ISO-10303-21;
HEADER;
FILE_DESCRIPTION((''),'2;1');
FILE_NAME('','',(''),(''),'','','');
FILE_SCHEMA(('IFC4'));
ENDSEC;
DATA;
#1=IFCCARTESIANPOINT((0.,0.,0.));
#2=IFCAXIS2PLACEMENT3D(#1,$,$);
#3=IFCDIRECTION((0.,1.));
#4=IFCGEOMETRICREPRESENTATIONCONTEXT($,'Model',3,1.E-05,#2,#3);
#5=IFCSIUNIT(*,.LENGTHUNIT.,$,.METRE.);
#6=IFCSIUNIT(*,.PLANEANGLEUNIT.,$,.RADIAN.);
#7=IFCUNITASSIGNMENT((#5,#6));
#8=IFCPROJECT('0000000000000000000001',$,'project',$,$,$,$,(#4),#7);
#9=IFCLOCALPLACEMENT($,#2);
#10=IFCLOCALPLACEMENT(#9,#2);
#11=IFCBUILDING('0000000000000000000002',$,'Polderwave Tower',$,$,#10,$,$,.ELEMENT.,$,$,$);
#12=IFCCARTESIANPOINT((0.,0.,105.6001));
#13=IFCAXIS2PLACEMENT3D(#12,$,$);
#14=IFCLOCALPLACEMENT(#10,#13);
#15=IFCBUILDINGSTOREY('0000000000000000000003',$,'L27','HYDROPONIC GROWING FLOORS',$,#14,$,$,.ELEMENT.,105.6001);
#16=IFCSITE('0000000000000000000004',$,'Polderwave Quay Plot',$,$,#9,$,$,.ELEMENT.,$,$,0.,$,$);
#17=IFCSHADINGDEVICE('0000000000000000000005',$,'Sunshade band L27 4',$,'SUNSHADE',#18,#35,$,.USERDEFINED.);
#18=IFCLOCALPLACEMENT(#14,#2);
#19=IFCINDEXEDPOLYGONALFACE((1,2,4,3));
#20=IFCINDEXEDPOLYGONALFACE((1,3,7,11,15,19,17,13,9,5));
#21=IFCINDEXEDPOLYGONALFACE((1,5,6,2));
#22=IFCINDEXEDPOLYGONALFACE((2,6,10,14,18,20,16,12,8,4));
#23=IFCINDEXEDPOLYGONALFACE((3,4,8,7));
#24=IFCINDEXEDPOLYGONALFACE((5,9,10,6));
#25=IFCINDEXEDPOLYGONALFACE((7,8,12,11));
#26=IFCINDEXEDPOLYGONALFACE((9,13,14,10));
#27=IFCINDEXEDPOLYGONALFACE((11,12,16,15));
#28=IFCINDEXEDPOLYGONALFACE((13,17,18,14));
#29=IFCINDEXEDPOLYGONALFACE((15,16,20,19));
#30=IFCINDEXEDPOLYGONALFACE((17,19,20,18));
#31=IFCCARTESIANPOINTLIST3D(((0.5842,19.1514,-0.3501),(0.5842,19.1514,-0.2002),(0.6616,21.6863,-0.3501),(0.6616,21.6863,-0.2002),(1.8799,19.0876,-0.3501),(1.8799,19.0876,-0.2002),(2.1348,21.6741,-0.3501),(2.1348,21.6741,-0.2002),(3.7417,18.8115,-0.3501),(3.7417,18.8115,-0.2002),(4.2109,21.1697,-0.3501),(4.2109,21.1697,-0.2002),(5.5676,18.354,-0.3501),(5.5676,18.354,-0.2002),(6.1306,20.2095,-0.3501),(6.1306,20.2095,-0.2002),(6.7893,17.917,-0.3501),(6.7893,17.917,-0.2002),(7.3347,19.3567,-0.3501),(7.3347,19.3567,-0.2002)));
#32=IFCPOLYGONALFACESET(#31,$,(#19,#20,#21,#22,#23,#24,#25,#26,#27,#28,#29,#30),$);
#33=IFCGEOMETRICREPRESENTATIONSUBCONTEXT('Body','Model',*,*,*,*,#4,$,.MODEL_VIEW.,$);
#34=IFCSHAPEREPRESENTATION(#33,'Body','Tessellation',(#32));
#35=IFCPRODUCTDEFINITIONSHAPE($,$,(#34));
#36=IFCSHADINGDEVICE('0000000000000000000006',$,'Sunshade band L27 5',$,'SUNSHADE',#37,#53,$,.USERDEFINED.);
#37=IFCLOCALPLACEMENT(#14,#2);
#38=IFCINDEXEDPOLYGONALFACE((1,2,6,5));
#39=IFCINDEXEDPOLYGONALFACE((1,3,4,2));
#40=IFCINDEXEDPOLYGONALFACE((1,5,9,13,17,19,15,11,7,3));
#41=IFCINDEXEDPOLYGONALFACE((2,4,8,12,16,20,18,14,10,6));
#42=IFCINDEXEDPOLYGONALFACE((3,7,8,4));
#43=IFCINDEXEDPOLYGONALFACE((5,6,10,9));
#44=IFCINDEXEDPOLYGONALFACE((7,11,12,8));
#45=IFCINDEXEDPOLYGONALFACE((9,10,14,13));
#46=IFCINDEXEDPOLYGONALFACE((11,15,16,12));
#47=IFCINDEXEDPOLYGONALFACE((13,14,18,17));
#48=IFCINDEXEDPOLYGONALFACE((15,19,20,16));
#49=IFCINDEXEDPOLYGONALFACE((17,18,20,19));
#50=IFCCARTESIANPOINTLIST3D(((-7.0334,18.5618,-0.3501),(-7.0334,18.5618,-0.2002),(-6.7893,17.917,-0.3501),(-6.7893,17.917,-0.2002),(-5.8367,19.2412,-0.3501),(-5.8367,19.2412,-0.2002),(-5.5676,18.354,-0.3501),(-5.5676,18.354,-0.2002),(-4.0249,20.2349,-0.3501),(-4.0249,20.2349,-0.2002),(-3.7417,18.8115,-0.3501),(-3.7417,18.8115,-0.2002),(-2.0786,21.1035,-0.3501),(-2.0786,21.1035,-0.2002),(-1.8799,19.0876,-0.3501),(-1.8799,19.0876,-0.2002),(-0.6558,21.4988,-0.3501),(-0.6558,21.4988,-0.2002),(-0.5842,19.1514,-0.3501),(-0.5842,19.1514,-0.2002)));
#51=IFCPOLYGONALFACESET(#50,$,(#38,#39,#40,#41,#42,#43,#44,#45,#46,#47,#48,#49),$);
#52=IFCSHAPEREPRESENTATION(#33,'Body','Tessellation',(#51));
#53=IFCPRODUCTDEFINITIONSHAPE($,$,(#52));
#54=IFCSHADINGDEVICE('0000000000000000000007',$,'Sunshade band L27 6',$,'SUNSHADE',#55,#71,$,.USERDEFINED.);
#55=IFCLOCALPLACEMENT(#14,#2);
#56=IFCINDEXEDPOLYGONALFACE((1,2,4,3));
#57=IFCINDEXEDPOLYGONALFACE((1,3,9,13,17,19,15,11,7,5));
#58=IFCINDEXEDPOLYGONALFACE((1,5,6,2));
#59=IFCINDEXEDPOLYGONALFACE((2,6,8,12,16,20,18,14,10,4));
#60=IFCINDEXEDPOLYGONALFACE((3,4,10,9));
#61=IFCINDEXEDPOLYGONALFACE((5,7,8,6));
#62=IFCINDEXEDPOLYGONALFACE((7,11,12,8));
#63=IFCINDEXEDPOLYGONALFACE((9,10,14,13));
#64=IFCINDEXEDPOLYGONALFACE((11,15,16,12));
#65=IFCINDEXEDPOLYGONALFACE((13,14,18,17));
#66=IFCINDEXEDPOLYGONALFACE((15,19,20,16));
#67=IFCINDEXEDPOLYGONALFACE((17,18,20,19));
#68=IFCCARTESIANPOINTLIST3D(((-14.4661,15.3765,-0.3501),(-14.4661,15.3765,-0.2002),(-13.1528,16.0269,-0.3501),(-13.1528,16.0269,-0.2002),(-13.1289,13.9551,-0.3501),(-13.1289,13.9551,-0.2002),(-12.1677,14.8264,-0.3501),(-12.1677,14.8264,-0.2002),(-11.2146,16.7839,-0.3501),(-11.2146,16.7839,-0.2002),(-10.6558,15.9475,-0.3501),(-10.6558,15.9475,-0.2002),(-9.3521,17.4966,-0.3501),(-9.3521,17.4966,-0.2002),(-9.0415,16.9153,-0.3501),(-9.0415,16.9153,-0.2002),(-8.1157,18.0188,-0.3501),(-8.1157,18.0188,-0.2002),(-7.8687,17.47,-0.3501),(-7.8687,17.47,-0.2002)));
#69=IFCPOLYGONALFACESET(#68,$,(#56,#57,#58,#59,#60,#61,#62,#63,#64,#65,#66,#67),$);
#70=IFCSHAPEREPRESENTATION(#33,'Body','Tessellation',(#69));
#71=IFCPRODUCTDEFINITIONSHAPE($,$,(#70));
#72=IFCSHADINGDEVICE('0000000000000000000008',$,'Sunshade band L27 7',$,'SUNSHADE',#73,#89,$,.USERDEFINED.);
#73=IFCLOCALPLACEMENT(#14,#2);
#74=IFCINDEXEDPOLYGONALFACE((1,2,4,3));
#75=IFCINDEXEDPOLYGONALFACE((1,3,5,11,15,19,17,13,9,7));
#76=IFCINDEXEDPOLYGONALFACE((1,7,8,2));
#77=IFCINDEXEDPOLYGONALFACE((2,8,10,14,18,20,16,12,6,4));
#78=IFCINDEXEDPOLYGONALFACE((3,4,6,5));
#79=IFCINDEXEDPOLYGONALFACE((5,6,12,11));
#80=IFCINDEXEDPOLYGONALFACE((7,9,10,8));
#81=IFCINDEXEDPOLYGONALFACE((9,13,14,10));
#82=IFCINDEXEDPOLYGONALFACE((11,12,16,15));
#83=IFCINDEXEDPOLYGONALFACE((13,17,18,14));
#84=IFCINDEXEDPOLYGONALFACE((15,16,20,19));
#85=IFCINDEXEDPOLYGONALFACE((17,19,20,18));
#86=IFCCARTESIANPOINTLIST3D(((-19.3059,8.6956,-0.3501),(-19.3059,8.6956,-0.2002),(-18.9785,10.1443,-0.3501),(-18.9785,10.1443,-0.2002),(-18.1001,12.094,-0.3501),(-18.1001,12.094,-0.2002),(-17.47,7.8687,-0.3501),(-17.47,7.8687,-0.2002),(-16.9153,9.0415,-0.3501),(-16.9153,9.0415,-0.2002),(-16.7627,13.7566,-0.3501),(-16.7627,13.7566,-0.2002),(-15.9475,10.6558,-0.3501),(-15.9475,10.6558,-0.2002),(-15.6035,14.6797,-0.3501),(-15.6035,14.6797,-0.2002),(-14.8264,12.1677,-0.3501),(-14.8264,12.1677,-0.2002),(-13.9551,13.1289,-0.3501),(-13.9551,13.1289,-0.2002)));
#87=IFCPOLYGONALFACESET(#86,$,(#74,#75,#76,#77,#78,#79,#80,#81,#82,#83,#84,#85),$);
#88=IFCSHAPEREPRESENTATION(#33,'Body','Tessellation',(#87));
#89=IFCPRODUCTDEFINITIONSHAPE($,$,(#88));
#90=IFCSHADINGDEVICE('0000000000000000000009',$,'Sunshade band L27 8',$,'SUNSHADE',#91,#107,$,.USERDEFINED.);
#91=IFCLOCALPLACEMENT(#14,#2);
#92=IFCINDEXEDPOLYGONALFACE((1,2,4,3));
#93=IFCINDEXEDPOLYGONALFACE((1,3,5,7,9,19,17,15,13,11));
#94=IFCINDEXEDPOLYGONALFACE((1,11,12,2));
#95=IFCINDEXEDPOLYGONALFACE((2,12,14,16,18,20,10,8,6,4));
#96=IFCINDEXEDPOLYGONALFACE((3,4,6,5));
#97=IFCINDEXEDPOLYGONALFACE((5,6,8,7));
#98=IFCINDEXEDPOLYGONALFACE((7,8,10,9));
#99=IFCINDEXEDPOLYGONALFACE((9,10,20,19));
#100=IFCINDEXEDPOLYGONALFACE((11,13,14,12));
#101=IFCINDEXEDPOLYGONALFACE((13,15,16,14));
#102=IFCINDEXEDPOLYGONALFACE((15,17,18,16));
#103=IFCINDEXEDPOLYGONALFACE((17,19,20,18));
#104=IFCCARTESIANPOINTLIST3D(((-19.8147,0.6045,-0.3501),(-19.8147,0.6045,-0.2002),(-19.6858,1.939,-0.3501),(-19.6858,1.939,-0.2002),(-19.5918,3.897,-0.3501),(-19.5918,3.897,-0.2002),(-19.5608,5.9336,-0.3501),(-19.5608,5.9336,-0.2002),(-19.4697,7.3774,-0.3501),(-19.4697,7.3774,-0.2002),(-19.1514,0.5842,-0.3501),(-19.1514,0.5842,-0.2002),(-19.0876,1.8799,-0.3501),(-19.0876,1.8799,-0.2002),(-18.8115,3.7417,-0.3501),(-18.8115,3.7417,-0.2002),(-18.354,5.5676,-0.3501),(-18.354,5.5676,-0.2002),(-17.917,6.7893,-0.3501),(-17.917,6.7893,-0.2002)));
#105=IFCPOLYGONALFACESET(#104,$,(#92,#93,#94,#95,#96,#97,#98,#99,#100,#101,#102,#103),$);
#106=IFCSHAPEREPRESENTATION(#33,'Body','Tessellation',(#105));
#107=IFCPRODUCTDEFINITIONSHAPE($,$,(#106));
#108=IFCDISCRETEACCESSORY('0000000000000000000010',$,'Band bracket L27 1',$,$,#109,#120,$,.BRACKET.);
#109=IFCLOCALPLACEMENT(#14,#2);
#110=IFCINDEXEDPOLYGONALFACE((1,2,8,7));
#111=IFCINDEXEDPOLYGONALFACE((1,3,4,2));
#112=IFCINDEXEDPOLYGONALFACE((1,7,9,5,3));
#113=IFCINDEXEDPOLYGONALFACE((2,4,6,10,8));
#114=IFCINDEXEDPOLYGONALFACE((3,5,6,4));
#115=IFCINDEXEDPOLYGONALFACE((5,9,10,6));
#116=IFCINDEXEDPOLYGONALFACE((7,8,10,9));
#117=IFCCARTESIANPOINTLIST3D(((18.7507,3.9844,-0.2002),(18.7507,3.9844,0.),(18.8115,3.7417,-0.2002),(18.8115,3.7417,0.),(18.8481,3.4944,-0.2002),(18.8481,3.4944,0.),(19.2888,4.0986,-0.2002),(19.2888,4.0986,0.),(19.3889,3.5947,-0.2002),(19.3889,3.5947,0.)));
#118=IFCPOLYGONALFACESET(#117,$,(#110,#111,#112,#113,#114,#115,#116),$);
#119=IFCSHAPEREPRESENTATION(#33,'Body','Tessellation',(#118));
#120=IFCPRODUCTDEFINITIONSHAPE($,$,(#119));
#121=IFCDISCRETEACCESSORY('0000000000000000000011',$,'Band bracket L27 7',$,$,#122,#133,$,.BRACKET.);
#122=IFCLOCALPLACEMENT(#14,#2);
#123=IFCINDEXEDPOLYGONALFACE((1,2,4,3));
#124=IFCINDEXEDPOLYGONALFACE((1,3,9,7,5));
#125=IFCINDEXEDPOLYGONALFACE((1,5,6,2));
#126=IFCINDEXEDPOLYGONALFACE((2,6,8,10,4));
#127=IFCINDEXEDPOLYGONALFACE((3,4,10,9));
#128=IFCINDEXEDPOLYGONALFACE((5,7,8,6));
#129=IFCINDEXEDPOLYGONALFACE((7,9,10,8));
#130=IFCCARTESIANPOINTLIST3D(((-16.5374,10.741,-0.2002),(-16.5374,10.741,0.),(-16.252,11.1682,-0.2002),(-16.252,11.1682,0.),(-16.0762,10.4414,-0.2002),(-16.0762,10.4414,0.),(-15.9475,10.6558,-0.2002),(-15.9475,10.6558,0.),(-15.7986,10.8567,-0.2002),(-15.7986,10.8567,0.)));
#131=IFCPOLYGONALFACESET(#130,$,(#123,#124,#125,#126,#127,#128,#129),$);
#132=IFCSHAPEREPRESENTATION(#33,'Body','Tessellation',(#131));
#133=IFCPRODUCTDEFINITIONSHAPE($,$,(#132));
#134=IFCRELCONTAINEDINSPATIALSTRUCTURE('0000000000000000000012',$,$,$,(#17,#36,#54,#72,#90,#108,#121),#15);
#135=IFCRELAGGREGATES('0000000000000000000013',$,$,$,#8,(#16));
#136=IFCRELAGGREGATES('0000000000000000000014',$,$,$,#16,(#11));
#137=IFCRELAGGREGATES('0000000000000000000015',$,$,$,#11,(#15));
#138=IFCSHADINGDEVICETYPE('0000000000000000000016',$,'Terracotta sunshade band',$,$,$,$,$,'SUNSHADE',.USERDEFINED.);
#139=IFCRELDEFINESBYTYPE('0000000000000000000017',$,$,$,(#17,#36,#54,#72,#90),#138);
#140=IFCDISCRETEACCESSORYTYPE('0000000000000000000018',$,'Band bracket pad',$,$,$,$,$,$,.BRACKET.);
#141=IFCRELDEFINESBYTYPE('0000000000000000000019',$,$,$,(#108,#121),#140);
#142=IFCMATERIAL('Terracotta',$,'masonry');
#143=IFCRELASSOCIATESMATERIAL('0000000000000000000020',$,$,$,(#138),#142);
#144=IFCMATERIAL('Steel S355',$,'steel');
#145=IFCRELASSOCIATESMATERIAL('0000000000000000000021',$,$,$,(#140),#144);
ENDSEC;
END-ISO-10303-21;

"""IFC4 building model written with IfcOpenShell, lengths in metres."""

from ifc_helpers import new_model, si_unit, direction, frame, origin, place, context, subcontext, project, spatial, polyline, outline, extrude, material, type_object, element, save


model = new_model("IFC4")

# Units and contexts
model_context = context("Model", 3, precision=1e-05, world=origin(), true_north=direction((0.0, 1.0)))
body_context = subcontext(model_context, "Body", "Model", "MODEL_VIEW")
ifc_project = project(units=[si_unit("LENGTHUNIT", "METRE"), si_unit("PLANEANGLEUNIT", "RADIAN")], contexts=[model_context])

# Site, building, storey
site_placement = place(None, origin())
site = spatial("IfcSite", under=ifc_project, at=site_placement, Name="Polderwave Quay Plot", CompositionType="ELEMENT", RefElevation=0.0)
building_placement = place(site_placement, origin())
building = spatial("IfcBuilding", under=site, at=building_placement, Name="Polderwave Tower", CompositionType="ELEMENT")
storey_placement = place(building_placement, frame((0.0, 0.0, 105.6001)))
storey = spatial("IfcBuildingStorey", under=building, at=storey_placement, Name="L27", Description="HYDROPONIC GROWING FLOORS", CompositionType="ELEMENT", Elevation=105.6001)

# Shading devices
ifc_material_1 = material(Name="Terracotta", Category="masonry")
shading_device_type = type_object("IfcShadingDeviceType", Name="Terracotta sunshade band", ElementType="SUNSHADE", PredefinedType="USERDEFINED", material=ifc_material_1)
shading_device_1_placement = place(storey_placement, frame((0.0, 0.0, -0.3501)))
element("IfcShadingDevice", 1, at=shading_device_1_placement, inside=storey, type_object=shading_device_type, Name="Sunshade band L27 4", ObjectType="SUNSHADE", PredefinedType="USERDEFINED", context=body_context, shape_type="SweptSolid", body=[
    extrude(outline(polyline([(6.7893, 17.917), (5.5676, 18.354), (3.7417, 18.8115), (1.8799, 19.0876), (0.5842, 19.1514), (0.6616, 21.6863), (2.1348, 21.6741), (4.2109, 21.1697), (6.1306, 20.2095), (7.3347, 19.3567), (6.7893, 17.917)])), origin(), (0.0, 0.0, 1.0), 0.1499),
])
shading_device_2_placement = place(storey_placement, frame((0.0, 0.0, -0.3501)))
element("IfcShadingDevice", 2, at=shading_device_2_placement, inside=storey, type_object=shading_device_type, Name="Sunshade band L27 5", ObjectType="SUNSHADE", PredefinedType="USERDEFINED", context=body_context, shape_type="SweptSolid", body=[
    extrude(outline(polyline([(-0.5842, 19.1514), (-1.8799, 19.0876), (-3.7417, 18.8115), (-5.5676, 18.354), (-6.7893, 17.917), (-7.0334, 18.5618), (-5.8367, 19.2412), (-4.0249, 20.2349), (-2.0786, 21.1035), (-0.6558, 21.4988), (-0.5842, 19.1514)])), origin(), (0.0, 0.0, 1.0), 0.1499),
])
shading_device_3_placement = place(storey_placement, frame((0.0, 0.0, -0.3501)))
element("IfcShadingDevice", 3, at=shading_device_3_placement, inside=storey, type_object=shading_device_type, Name="Sunshade band L27 6", ObjectType="SUNSHADE", PredefinedType="USERDEFINED", context=body_context, shape_type="SweptSolid", body=[
    extrude(outline(polyline([(-7.8687, 17.47), (-9.0415, 16.9153), (-10.6558, 15.9475), (-12.1677, 14.8264), (-13.1289, 13.9551), (-14.4661, 15.3765), (-13.1528, 16.0269), (-11.2146, 16.7839), (-9.3521, 17.4966), (-8.1157, 18.0188), (-7.8687, 17.47)])), origin(), (0.0, 0.0, 1.0), 0.1499),
])
shading_device_4_placement = place(storey_placement, frame((0.0, 0.0, -0.3501)))
element("IfcShadingDevice", 4, at=shading_device_4_placement, inside=storey, type_object=shading_device_type, Name="Sunshade band L27 7", ObjectType="SUNSHADE", PredefinedType="USERDEFINED", context=body_context, shape_type="SweptSolid", body=[
    extrude(outline(polyline([(-13.9551, 13.1289), (-14.8264, 12.1677), (-15.9475, 10.6558), (-16.9153, 9.0415), (-17.47, 7.8687), (-19.3059, 8.6956), (-18.9785, 10.1443), (-18.1001, 12.094), (-16.7627, 13.7566), (-15.6035, 14.6797), (-13.9551, 13.1289)])), origin(), (0.0, 0.0, 1.0), 0.1499),
])
shading_device_5_placement = place(storey_placement, frame((0.0, 0.0, -0.3501)))
element("IfcShadingDevice", 5, at=shading_device_5_placement, inside=storey, type_object=shading_device_type, Name="Sunshade band L27 8", ObjectType="SUNSHADE", PredefinedType="USERDEFINED", context=body_context, shape_type="SweptSolid", body=[
    extrude(outline(polyline([(-17.917, 6.7893), (-18.354, 5.5676), (-18.8115, 3.7417), (-19.0876, 1.8799), (-19.1514, 0.5842), (-19.8147, 0.6045), (-19.6858, 1.939), (-19.5918, 3.897), (-19.5608, 5.9336), (-19.4697, 7.3774), (-17.917, 6.7893)])), origin(), (0.0, 0.0, 1.0), 0.1499),
])

# Discrete accessories
ifc_material_2 = material(Name="Steel S355", Category="steel")
discrete_accessory_type = type_object("IfcDiscreteAccessoryType", Name="Band bracket pad", PredefinedType="BRACKET", material=ifc_material_2)
discrete_accessory_1_placement = place(storey_placement, frame((0.0, 0.0, -0.2002)))
element("IfcDiscreteAccessory", 6, at=discrete_accessory_1_placement, inside=storey, type_object=discrete_accessory_type, Name="Band bracket L27 1", PredefinedType="BRACKET", context=body_context, shape_type="SweptSolid", body=[
    extrude(outline(polyline([(18.8481, 3.4944), (18.8115, 3.7417), (18.7507, 3.9844), (19.2888, 4.0986), (19.3889, 3.5947), (18.8481, 3.4944)])), origin(), (0.0, 0.0, 1.0), 0.2002),
])
discrete_accessory_2_placement = place(storey_placement, frame((0.0, 0.0, -0.2002)))
element("IfcDiscreteAccessory", 7, at=discrete_accessory_2_placement, inside=storey, type_object=discrete_accessory_type, Name="Band bracket L27 7", PredefinedType="BRACKET", context=body_context, shape_type="SweptSolid", body=[
    extrude(outline(polyline([(-15.7986, 10.8567), (-15.9475, 10.6558), (-16.0762, 10.4414), (-16.5374, 10.741), (-16.252, 11.1682), (-15.7986, 10.8567)])), origin(), (0.0, 0.0, 1.0), 0.2002),
])

save(model, "model.ifc")
